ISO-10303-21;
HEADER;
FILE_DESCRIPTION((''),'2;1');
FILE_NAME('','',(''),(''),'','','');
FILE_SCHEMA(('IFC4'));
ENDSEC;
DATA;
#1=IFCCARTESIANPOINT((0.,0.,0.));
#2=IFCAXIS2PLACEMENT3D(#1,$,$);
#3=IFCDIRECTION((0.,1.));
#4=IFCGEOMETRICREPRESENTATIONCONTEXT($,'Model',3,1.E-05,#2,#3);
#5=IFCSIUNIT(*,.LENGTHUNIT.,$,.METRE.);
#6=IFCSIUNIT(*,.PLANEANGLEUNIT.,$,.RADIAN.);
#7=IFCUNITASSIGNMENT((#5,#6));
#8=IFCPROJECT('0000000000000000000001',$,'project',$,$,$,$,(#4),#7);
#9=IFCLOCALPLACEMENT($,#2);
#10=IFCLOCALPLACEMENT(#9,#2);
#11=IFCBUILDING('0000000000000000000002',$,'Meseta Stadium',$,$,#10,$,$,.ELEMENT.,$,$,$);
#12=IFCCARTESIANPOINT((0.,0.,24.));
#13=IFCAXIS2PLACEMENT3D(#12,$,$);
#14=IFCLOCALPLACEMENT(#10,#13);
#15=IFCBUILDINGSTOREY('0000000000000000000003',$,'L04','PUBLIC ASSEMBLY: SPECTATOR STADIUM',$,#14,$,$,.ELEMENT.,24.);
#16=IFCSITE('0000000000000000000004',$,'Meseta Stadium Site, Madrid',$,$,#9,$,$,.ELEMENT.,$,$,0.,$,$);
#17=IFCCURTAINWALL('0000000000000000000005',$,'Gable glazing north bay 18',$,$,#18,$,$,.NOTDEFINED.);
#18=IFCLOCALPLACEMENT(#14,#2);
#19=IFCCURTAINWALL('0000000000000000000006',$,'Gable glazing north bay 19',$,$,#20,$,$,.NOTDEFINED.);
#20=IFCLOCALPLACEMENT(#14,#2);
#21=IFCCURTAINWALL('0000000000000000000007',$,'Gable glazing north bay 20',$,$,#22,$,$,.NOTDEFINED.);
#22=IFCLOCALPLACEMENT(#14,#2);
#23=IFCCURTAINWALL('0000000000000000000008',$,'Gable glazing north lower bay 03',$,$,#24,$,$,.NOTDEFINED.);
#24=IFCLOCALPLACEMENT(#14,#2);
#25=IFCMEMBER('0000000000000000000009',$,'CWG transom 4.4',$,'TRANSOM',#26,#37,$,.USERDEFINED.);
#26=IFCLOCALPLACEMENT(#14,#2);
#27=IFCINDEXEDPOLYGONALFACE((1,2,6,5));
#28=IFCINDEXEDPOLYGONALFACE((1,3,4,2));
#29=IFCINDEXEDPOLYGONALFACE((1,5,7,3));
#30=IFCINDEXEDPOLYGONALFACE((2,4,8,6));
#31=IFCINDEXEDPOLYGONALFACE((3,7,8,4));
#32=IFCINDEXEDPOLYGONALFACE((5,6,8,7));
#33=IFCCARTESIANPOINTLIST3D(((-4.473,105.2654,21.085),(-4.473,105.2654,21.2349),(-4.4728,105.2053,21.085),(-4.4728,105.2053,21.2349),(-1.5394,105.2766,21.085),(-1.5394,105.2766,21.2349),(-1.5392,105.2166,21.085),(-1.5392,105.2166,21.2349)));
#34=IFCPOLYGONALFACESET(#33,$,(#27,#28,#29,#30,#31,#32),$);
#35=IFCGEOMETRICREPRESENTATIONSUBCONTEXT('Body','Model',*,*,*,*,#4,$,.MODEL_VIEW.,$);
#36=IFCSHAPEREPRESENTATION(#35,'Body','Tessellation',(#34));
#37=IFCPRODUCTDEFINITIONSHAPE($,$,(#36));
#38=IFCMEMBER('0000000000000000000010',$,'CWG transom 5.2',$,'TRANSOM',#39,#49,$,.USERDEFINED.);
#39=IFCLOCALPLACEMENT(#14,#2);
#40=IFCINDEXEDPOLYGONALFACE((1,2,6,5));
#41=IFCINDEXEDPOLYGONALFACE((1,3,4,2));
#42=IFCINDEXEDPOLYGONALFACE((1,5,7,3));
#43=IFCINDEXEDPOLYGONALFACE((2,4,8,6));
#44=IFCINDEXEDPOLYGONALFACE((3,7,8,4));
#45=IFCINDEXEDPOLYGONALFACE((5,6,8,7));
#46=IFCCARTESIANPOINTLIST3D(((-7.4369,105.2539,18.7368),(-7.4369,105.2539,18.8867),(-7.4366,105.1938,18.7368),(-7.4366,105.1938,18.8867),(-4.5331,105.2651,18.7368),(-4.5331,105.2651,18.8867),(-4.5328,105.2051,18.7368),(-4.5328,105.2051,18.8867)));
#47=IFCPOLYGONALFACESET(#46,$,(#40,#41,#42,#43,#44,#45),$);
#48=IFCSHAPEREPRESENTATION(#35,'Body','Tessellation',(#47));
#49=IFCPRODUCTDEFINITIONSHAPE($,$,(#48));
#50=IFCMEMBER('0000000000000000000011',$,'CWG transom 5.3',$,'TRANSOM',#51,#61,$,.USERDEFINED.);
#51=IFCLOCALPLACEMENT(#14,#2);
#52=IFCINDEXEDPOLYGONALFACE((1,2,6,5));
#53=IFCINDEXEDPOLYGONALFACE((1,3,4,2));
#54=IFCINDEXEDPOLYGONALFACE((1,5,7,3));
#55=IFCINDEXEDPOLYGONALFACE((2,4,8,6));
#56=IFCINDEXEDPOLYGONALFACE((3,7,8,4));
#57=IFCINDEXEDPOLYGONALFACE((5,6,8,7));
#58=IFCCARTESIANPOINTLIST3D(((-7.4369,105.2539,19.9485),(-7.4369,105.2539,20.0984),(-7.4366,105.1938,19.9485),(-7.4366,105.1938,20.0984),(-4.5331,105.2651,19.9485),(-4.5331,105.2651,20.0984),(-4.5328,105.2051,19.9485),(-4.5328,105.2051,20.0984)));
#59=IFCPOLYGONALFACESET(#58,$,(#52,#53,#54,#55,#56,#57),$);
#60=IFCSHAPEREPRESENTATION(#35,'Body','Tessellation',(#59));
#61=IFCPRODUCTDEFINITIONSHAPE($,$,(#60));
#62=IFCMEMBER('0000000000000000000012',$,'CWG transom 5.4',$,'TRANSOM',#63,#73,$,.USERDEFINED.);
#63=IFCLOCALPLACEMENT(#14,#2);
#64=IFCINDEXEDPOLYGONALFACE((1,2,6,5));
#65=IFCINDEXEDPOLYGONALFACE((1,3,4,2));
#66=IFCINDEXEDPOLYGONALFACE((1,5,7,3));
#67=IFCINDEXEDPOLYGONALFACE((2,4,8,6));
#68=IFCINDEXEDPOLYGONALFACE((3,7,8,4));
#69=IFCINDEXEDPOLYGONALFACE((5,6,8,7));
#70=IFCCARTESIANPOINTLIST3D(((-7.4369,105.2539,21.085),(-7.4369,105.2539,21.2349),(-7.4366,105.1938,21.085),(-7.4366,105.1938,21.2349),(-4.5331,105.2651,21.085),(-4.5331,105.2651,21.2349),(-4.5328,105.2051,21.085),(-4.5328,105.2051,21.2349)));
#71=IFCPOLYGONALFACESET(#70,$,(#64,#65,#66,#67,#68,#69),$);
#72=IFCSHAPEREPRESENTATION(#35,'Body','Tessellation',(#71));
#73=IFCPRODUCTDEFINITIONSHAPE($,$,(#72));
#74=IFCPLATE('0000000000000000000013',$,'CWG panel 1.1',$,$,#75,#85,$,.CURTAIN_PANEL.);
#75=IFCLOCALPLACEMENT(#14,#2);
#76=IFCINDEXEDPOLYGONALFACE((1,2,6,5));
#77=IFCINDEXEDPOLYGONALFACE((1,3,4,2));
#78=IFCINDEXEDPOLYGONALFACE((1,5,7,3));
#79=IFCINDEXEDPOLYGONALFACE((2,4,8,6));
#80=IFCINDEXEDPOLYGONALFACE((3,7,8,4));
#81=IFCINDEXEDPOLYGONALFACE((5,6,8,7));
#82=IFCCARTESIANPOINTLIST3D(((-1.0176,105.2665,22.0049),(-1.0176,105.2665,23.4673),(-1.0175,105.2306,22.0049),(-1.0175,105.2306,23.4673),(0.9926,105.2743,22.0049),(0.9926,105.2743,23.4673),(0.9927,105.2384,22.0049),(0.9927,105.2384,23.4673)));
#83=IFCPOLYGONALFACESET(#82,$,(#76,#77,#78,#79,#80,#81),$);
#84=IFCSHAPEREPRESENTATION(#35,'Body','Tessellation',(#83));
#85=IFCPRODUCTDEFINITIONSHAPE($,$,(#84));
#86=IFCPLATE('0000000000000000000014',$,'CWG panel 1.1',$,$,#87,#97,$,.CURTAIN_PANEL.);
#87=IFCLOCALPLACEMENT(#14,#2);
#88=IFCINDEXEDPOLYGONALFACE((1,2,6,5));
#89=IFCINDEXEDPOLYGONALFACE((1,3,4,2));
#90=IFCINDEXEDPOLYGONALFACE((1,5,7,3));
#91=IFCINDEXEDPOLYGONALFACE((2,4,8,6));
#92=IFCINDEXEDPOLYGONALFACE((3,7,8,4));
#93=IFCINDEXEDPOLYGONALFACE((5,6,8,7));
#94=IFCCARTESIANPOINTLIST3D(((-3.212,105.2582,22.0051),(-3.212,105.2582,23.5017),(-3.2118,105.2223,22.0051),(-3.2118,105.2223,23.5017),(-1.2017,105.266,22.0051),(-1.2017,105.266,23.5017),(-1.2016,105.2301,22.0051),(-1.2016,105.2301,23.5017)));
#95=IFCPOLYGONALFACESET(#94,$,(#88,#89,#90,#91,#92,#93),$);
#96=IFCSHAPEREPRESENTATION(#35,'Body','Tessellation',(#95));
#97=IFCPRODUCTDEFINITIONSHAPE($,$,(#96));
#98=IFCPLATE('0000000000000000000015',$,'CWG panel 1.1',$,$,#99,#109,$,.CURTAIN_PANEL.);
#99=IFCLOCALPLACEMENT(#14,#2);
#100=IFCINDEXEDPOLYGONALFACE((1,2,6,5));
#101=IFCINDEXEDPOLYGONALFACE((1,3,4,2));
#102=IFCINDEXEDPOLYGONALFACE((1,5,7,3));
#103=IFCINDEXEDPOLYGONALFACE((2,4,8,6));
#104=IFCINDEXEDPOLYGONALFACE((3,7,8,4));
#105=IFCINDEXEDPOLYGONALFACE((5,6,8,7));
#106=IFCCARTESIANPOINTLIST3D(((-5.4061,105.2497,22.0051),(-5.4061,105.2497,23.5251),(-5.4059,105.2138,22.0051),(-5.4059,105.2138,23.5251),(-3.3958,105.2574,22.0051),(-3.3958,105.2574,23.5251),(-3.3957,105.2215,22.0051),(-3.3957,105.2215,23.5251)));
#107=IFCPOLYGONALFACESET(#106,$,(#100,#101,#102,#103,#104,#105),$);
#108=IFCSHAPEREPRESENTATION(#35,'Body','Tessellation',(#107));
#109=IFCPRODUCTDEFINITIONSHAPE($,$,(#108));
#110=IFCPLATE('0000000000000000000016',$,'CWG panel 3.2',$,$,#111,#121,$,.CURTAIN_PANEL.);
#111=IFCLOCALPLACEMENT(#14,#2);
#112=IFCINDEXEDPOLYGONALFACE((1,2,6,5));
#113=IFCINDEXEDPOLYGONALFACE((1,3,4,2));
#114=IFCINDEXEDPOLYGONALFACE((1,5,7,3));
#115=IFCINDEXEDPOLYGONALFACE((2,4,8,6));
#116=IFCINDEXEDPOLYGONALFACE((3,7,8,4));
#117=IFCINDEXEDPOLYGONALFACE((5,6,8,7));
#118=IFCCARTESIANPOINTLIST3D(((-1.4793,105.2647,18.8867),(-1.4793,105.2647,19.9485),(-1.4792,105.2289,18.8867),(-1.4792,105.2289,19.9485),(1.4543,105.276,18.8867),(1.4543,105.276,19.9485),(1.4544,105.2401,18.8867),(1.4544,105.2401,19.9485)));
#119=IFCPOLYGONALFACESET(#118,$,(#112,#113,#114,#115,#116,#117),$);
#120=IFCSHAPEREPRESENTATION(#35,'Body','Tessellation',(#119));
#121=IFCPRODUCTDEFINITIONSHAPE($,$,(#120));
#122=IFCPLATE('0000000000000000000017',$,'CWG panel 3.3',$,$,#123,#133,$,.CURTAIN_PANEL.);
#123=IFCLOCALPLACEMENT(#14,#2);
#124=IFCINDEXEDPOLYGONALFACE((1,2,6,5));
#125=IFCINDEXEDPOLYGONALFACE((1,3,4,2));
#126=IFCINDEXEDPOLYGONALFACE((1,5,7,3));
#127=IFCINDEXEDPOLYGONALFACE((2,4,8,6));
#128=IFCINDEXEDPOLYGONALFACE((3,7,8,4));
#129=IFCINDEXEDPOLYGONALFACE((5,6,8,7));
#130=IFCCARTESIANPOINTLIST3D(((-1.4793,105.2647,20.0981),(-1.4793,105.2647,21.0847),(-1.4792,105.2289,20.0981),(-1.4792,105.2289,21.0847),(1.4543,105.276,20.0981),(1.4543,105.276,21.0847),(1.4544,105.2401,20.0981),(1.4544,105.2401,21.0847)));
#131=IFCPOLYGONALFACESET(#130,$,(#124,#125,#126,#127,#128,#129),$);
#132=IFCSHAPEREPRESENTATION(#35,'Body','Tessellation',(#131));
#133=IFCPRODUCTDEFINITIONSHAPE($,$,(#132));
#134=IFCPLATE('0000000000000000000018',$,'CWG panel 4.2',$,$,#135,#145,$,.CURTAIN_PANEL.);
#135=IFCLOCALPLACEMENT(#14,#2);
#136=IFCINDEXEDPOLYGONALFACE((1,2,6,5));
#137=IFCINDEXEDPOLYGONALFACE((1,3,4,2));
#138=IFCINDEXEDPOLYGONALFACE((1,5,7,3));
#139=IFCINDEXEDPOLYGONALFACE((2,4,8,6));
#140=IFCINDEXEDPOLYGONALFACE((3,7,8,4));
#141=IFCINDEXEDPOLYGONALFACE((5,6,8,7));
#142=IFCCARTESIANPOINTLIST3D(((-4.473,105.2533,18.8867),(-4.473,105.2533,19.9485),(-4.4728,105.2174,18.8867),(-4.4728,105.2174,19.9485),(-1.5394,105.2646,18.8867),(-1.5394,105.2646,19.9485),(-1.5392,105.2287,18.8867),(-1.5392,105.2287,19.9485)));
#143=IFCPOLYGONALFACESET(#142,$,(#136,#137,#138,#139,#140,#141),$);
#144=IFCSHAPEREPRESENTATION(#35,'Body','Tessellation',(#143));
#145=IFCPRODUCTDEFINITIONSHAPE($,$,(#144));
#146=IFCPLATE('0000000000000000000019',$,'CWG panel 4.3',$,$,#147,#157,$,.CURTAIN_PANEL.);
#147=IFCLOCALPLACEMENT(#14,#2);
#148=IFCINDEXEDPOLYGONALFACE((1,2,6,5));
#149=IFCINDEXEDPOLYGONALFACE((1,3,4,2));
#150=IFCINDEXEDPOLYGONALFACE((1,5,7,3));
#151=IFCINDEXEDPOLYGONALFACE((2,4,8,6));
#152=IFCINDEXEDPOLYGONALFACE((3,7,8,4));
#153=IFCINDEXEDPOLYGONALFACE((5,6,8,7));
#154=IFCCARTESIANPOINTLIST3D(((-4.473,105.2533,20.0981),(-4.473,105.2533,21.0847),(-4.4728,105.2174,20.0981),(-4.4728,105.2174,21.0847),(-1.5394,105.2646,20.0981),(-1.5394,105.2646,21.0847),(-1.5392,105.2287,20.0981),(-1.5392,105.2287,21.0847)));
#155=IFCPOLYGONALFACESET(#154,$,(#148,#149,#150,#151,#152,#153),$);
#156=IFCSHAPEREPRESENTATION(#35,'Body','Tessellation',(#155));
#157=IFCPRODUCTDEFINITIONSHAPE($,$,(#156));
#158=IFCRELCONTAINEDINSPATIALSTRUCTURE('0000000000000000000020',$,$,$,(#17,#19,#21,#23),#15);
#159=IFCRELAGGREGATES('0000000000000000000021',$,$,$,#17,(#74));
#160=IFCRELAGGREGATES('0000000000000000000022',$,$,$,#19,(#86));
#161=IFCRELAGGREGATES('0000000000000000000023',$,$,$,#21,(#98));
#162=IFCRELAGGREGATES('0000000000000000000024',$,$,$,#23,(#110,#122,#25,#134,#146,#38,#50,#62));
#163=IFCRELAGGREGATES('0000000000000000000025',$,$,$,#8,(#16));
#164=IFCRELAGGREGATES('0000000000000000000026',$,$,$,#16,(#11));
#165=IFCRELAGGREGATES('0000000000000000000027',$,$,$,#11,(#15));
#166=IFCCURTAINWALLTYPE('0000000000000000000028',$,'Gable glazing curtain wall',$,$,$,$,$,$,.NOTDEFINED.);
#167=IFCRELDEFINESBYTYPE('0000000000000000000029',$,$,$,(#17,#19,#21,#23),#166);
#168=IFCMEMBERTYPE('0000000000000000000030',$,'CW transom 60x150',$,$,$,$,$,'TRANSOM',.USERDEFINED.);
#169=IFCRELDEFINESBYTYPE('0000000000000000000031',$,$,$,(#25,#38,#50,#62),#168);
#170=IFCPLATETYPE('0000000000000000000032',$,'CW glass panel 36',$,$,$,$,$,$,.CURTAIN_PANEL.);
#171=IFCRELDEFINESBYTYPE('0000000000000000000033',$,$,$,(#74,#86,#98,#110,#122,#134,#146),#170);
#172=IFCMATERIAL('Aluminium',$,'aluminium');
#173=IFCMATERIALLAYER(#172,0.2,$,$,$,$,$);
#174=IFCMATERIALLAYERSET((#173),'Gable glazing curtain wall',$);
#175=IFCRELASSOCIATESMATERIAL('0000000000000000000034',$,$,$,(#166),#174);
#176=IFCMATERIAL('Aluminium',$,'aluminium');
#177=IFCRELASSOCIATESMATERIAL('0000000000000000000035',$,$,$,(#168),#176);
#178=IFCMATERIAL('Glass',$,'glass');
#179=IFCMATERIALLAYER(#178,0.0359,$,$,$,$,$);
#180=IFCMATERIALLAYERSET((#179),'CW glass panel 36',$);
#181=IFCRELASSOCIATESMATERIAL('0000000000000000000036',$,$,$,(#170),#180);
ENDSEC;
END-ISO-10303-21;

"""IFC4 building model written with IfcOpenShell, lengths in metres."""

from ifc_helpers import new_model, si_unit, direction, frame, origin, origin_2d, place, context, subcontext, project, spatial, rectangle, extrude, material, layer, layer_set, material_profile, profile_set, type_object, element, aggregate, save


model = new_model("IFC4")

# Units and contexts
model_context = context("Model", 3, precision=1e-05, world=origin(), true_north=direction((0.0, 1.0)))
body_context = subcontext(model_context, "Body", "Model", "MODEL_VIEW")
ifc_project = project(units=[si_unit("LENGTHUNIT", "METRE"), si_unit("PLANEANGLEUNIT", "RADIAN")], contexts=[model_context])

# Site, building, storey
site_placement = place(None, origin())
site = spatial("IfcSite", under=ifc_project, at=site_placement, Name="Meseta Stadium Site, Madrid", CompositionType="ELEMENT", RefElevation=0.0)
building_placement = place(site_placement, origin())
building = spatial("IfcBuilding", under=site, at=building_placement, Name="Meseta Stadium", CompositionType="ELEMENT")
storey_placement = place(building_placement, frame((0.0, 0.0, 24.0)))
storey = spatial("IfcBuildingStorey", under=building, at=storey_placement, Name="L04", Description="PUBLIC ASSEMBLY: SPECTATOR STADIUM", CompositionType="ELEMENT", Elevation=24.0)

# Shared definitions
ifc_material_1 = material(Name="Aluminium", Category="aluminium")
ifc_layer_1 = layer(ifc_material_1, 0.2)
ifc_layer_set_1 = layer_set([ifc_layer_1], Name="Gable glazing curtain wall")
curtain_wall_type = type_object("IfcCurtainWallType", Name="Gable glazing curtain wall", PredefinedType="NOTDEFINED", material=ifc_layer_set_1)

# Curtain walls
curtain_wall_1_placement = place(storey_placement, origin())
curtain_wall_1 = element("IfcCurtainWall", 1, at=curtain_wall_1_placement, inside=storey, type_object=curtain_wall_type, Name="Gable glazing north bay 18", PredefinedType="NOTDEFINED")
curtain_wall_2_placement = place(storey_placement, origin())
curtain_wall_2 = element("IfcCurtainWall", 2, at=curtain_wall_2_placement, inside=storey, type_object=curtain_wall_type, Name="Gable glazing north bay 19", PredefinedType="NOTDEFINED")

# Curtain wall
curtain_wall_3_placement = place(storey_placement, origin())
curtain_wall_3 = element("IfcCurtainWall", 3, at=curtain_wall_3_placement, inside=storey, type_object=curtain_wall_type, Name="Gable glazing north bay 20", PredefinedType="NOTDEFINED")

# Shared definitions
ifc_material_2 = material(Name="Aluminium", Category="aluminium")
ifc_material_profile_1 = material_profile(ifc_material_2, rectangle(XDim=0.0601, YDim=0.1499, at=origin_2d()), Name="CW 60x150")
ifc_profile_set_1 = profile_set([ifc_material_profile_1], Name="Aluminium")
member_type_1 = type_object("IfcMemberType", Name="CW transom 60x150", ElementType="TRANSOM", PredefinedType="USERDEFINED", material=ifc_profile_set_1)

# Curtain wall, members
curtain_wall_4_placement = place(storey_placement, origin())
curtain_wall_4 = element("IfcCurtainWall", 4, at=curtain_wall_4_placement, inside=storey, type_object=curtain_wall_type, Name="Gable glazing north lower bay 03", PredefinedType="NOTDEFINED")
member_1_placement = place(storey_placement, frame((-1.5393, 105.2466, 21.1599), z_axis=(-0.999993, -0.003828, 0.0), x_axis=(0.003828, -0.999993, 0.0)))
member_1 = element("IfcMember", 5, at=member_1_placement, type_object=member_type_1, Name="CWG transom 4.4", ObjectType="TRANSOM", PredefinedType="USERDEFINED", context=body_context, shape_type="SweptSolid", body=[
    extrude(rectangle(XDim=0.0601, YDim=0.1499, at=origin_2d()), origin(), (0.0, 0.0, 1.0), 2.9336),
])
member_2_placement = place(storey_placement, frame((-4.533, 105.2351, 18.8118), z_axis=(-0.999993, -0.003867, 0.0), x_axis=(0.003867, -0.999993, 0.0)))
member_2 = element("IfcMember", 6, at=member_2_placement, type_object=member_type_1, Name="CWG transom 5.2", ObjectType="TRANSOM", PredefinedType="USERDEFINED", context=body_context, shape_type="SweptSolid", body=[
    extrude(rectangle(XDim=0.0601, YDim=0.1499, at=origin_2d()), origin(), (0.0, 0.0, 1.0), 2.9038),
])
member_3_placement = place(storey_placement, frame((-4.533, 105.2351, 20.0234), z_axis=(-0.999993, -0.003867, 0.0), x_axis=(0.003867, -0.999993, 0.0)))
member_3 = element("IfcMember", 7, at=member_3_placement, type_object=member_type_1, Name="CWG transom 5.3", ObjectType="TRANSOM", PredefinedType="USERDEFINED", context=body_context, shape_type="SweptSolid", body=[
    extrude(rectangle(XDim=0.0601, YDim=0.1499, at=origin_2d()), origin(), (0.0, 0.0, 1.0), 2.9038),
])
member_4_placement = place(storey_placement, frame((-4.533, 105.2351, 21.1599), z_axis=(-0.999993, -0.003867, 0.0), x_axis=(0.003867, -0.999993, 0.0)))
member_4 = element("IfcMember", 8, at=member_4_placement, type_object=member_type_1, Name="CWG transom 5.4", ObjectType="TRANSOM", PredefinedType="USERDEFINED", context=body_context, shape_type="SweptSolid", body=[
    extrude(rectangle(XDim=0.0601, YDim=0.1499, at=origin_2d()), origin(), (0.0, 0.0, 1.0), 2.9038),
])

# Plates
ifc_material_3 = material(Name="Glass", Category="glass")
ifc_layer_2 = layer(ifc_material_3, 0.0359)
ifc_layer_set_2 = layer_set([ifc_layer_2], Name="CW glass panel 36")
plate_type = type_object("IfcPlateType", Name="CW glass panel 36", PredefinedType="CURTAIN_PANEL", material=ifc_layer_set_2)
plate_1_placement = place(storey_placement, frame((-0.0125, 105.2524, 22.0049), z_axis=(0.0, 0.0, 1.0), x_axis=(-0.999993, -0.003848, 0.0)))
plate_1 = element("IfcPlate", 9, at=plate_1_placement, type_object=plate_type, Name="CWG panel 1.1", PredefinedType="CURTAIN_PANEL", context=body_context, shape_type="SweptSolid", body=[
    extrude(rectangle(XDim=2.0103, YDim=0.0359, at=origin_2d()), origin(), (0.0, 0.0, 1.0), 1.4624),
])
aggregate(curtain_wall_1, [plate_1])
plate_2_placement = place(storey_placement, frame((-2.2068, 105.2441, 22.0051), z_axis=(0.0, 0.0, 1.0), x_axis=(-0.999993, -0.003848, 0.0)))
plate_2 = element("IfcPlate", 10, at=plate_2_placement, type_object=plate_type, Name="CWG panel 1.1", PredefinedType="CURTAIN_PANEL", context=body_context, shape_type="SweptSolid", body=[
    extrude(rectangle(XDim=2.0103, YDim=0.0359, at=origin_2d()), origin(), (0.0, 0.0, 1.0), 1.4966),
])
aggregate(curtain_wall_2, [plate_2])
plate_3_placement = place(storey_placement, frame((-4.4009, 105.2356, 22.0051), z_axis=(0.0, 0.0, 1.0), x_axis=(-0.999993, -0.003848, 0.0)))
plate_3 = element("IfcPlate", 11, at=plate_3_placement, type_object=plate_type, Name="CWG panel 1.1", PredefinedType="CURTAIN_PANEL", context=body_context, shape_type="SweptSolid", body=[
    extrude(rectangle(XDim=2.0103, YDim=0.0359, at=origin_2d()), origin(), (0.0, 0.0, 1.0), 1.52),
])
aggregate(curtain_wall_3, [plate_3])
plate_4_placement = place(storey_placement, frame((-0.0125, 105.2524, 18.8867), z_axis=(0.0, 0.0, 1.0), x_axis=(-0.999993, -0.003848, 0.0)))
plate_4 = element("IfcPlate", 12, at=plate_4_placement, type_object=plate_type, Name="CWG panel 3.2", PredefinedType="CURTAIN_PANEL", context=body_context, shape_type="SweptSolid", body=[
    extrude(rectangle(XDim=2.9336, YDim=0.0359, at=origin_2d()), origin(), (0.0, 0.0, 1.0), 1.0618),
])
plate_5_placement = place(storey_placement, frame((-0.0125, 105.2524, 20.0981), z_axis=(0.0, 0.0, 1.0), x_axis=(-0.999993, -0.003848, 0.0)))
plate_5 = element("IfcPlate", 13, at=plate_5_placement, type_object=plate_type, Name="CWG panel 3.3", PredefinedType="CURTAIN_PANEL", context=body_context, shape_type="SweptSolid", body=[
    extrude(rectangle(XDim=2.9336, YDim=0.0359, at=origin_2d()), origin(), (0.0, 0.0, 1.0), 0.9866),
])
plate_6_placement = place(storey_placement, frame((-3.0061, 105.241, 18.8867), z_axis=(0.0, 0.0, 1.0), x_axis=(-0.999993, -0.003848, 0.0)))
plate_6 = element("IfcPlate", 14, at=plate_6_placement, type_object=plate_type, Name="CWG panel 4.2", PredefinedType="CURTAIN_PANEL", context=body_context, shape_type="SweptSolid", body=[
    extrude(rectangle(XDim=2.9336, YDim=0.0359, at=origin_2d()), origin(), (0.0, 0.0, 1.0), 1.0618),
])
plate_7_placement = place(storey_placement, frame((-3.0061, 105.241, 20.0981), z_axis=(0.0, 0.0, 1.0), x_axis=(-0.999993, -0.003848, 0.0)))
plate_7 = element("IfcPlate", 15, at=plate_7_placement, type_object=plate_type, Name="CWG panel 4.3", PredefinedType="CURTAIN_PANEL", context=body_context, shape_type="SweptSolid", body=[
    extrude(rectangle(XDim=2.9336, YDim=0.0359, at=origin_2d()), origin(), (0.0, 0.0, 1.0), 0.9866),
])
aggregate(curtain_wall_4, [plate_4, plate_5, member_1, plate_6, plate_7, member_2, member_3, member_4])

save(model, "model.ifc")
